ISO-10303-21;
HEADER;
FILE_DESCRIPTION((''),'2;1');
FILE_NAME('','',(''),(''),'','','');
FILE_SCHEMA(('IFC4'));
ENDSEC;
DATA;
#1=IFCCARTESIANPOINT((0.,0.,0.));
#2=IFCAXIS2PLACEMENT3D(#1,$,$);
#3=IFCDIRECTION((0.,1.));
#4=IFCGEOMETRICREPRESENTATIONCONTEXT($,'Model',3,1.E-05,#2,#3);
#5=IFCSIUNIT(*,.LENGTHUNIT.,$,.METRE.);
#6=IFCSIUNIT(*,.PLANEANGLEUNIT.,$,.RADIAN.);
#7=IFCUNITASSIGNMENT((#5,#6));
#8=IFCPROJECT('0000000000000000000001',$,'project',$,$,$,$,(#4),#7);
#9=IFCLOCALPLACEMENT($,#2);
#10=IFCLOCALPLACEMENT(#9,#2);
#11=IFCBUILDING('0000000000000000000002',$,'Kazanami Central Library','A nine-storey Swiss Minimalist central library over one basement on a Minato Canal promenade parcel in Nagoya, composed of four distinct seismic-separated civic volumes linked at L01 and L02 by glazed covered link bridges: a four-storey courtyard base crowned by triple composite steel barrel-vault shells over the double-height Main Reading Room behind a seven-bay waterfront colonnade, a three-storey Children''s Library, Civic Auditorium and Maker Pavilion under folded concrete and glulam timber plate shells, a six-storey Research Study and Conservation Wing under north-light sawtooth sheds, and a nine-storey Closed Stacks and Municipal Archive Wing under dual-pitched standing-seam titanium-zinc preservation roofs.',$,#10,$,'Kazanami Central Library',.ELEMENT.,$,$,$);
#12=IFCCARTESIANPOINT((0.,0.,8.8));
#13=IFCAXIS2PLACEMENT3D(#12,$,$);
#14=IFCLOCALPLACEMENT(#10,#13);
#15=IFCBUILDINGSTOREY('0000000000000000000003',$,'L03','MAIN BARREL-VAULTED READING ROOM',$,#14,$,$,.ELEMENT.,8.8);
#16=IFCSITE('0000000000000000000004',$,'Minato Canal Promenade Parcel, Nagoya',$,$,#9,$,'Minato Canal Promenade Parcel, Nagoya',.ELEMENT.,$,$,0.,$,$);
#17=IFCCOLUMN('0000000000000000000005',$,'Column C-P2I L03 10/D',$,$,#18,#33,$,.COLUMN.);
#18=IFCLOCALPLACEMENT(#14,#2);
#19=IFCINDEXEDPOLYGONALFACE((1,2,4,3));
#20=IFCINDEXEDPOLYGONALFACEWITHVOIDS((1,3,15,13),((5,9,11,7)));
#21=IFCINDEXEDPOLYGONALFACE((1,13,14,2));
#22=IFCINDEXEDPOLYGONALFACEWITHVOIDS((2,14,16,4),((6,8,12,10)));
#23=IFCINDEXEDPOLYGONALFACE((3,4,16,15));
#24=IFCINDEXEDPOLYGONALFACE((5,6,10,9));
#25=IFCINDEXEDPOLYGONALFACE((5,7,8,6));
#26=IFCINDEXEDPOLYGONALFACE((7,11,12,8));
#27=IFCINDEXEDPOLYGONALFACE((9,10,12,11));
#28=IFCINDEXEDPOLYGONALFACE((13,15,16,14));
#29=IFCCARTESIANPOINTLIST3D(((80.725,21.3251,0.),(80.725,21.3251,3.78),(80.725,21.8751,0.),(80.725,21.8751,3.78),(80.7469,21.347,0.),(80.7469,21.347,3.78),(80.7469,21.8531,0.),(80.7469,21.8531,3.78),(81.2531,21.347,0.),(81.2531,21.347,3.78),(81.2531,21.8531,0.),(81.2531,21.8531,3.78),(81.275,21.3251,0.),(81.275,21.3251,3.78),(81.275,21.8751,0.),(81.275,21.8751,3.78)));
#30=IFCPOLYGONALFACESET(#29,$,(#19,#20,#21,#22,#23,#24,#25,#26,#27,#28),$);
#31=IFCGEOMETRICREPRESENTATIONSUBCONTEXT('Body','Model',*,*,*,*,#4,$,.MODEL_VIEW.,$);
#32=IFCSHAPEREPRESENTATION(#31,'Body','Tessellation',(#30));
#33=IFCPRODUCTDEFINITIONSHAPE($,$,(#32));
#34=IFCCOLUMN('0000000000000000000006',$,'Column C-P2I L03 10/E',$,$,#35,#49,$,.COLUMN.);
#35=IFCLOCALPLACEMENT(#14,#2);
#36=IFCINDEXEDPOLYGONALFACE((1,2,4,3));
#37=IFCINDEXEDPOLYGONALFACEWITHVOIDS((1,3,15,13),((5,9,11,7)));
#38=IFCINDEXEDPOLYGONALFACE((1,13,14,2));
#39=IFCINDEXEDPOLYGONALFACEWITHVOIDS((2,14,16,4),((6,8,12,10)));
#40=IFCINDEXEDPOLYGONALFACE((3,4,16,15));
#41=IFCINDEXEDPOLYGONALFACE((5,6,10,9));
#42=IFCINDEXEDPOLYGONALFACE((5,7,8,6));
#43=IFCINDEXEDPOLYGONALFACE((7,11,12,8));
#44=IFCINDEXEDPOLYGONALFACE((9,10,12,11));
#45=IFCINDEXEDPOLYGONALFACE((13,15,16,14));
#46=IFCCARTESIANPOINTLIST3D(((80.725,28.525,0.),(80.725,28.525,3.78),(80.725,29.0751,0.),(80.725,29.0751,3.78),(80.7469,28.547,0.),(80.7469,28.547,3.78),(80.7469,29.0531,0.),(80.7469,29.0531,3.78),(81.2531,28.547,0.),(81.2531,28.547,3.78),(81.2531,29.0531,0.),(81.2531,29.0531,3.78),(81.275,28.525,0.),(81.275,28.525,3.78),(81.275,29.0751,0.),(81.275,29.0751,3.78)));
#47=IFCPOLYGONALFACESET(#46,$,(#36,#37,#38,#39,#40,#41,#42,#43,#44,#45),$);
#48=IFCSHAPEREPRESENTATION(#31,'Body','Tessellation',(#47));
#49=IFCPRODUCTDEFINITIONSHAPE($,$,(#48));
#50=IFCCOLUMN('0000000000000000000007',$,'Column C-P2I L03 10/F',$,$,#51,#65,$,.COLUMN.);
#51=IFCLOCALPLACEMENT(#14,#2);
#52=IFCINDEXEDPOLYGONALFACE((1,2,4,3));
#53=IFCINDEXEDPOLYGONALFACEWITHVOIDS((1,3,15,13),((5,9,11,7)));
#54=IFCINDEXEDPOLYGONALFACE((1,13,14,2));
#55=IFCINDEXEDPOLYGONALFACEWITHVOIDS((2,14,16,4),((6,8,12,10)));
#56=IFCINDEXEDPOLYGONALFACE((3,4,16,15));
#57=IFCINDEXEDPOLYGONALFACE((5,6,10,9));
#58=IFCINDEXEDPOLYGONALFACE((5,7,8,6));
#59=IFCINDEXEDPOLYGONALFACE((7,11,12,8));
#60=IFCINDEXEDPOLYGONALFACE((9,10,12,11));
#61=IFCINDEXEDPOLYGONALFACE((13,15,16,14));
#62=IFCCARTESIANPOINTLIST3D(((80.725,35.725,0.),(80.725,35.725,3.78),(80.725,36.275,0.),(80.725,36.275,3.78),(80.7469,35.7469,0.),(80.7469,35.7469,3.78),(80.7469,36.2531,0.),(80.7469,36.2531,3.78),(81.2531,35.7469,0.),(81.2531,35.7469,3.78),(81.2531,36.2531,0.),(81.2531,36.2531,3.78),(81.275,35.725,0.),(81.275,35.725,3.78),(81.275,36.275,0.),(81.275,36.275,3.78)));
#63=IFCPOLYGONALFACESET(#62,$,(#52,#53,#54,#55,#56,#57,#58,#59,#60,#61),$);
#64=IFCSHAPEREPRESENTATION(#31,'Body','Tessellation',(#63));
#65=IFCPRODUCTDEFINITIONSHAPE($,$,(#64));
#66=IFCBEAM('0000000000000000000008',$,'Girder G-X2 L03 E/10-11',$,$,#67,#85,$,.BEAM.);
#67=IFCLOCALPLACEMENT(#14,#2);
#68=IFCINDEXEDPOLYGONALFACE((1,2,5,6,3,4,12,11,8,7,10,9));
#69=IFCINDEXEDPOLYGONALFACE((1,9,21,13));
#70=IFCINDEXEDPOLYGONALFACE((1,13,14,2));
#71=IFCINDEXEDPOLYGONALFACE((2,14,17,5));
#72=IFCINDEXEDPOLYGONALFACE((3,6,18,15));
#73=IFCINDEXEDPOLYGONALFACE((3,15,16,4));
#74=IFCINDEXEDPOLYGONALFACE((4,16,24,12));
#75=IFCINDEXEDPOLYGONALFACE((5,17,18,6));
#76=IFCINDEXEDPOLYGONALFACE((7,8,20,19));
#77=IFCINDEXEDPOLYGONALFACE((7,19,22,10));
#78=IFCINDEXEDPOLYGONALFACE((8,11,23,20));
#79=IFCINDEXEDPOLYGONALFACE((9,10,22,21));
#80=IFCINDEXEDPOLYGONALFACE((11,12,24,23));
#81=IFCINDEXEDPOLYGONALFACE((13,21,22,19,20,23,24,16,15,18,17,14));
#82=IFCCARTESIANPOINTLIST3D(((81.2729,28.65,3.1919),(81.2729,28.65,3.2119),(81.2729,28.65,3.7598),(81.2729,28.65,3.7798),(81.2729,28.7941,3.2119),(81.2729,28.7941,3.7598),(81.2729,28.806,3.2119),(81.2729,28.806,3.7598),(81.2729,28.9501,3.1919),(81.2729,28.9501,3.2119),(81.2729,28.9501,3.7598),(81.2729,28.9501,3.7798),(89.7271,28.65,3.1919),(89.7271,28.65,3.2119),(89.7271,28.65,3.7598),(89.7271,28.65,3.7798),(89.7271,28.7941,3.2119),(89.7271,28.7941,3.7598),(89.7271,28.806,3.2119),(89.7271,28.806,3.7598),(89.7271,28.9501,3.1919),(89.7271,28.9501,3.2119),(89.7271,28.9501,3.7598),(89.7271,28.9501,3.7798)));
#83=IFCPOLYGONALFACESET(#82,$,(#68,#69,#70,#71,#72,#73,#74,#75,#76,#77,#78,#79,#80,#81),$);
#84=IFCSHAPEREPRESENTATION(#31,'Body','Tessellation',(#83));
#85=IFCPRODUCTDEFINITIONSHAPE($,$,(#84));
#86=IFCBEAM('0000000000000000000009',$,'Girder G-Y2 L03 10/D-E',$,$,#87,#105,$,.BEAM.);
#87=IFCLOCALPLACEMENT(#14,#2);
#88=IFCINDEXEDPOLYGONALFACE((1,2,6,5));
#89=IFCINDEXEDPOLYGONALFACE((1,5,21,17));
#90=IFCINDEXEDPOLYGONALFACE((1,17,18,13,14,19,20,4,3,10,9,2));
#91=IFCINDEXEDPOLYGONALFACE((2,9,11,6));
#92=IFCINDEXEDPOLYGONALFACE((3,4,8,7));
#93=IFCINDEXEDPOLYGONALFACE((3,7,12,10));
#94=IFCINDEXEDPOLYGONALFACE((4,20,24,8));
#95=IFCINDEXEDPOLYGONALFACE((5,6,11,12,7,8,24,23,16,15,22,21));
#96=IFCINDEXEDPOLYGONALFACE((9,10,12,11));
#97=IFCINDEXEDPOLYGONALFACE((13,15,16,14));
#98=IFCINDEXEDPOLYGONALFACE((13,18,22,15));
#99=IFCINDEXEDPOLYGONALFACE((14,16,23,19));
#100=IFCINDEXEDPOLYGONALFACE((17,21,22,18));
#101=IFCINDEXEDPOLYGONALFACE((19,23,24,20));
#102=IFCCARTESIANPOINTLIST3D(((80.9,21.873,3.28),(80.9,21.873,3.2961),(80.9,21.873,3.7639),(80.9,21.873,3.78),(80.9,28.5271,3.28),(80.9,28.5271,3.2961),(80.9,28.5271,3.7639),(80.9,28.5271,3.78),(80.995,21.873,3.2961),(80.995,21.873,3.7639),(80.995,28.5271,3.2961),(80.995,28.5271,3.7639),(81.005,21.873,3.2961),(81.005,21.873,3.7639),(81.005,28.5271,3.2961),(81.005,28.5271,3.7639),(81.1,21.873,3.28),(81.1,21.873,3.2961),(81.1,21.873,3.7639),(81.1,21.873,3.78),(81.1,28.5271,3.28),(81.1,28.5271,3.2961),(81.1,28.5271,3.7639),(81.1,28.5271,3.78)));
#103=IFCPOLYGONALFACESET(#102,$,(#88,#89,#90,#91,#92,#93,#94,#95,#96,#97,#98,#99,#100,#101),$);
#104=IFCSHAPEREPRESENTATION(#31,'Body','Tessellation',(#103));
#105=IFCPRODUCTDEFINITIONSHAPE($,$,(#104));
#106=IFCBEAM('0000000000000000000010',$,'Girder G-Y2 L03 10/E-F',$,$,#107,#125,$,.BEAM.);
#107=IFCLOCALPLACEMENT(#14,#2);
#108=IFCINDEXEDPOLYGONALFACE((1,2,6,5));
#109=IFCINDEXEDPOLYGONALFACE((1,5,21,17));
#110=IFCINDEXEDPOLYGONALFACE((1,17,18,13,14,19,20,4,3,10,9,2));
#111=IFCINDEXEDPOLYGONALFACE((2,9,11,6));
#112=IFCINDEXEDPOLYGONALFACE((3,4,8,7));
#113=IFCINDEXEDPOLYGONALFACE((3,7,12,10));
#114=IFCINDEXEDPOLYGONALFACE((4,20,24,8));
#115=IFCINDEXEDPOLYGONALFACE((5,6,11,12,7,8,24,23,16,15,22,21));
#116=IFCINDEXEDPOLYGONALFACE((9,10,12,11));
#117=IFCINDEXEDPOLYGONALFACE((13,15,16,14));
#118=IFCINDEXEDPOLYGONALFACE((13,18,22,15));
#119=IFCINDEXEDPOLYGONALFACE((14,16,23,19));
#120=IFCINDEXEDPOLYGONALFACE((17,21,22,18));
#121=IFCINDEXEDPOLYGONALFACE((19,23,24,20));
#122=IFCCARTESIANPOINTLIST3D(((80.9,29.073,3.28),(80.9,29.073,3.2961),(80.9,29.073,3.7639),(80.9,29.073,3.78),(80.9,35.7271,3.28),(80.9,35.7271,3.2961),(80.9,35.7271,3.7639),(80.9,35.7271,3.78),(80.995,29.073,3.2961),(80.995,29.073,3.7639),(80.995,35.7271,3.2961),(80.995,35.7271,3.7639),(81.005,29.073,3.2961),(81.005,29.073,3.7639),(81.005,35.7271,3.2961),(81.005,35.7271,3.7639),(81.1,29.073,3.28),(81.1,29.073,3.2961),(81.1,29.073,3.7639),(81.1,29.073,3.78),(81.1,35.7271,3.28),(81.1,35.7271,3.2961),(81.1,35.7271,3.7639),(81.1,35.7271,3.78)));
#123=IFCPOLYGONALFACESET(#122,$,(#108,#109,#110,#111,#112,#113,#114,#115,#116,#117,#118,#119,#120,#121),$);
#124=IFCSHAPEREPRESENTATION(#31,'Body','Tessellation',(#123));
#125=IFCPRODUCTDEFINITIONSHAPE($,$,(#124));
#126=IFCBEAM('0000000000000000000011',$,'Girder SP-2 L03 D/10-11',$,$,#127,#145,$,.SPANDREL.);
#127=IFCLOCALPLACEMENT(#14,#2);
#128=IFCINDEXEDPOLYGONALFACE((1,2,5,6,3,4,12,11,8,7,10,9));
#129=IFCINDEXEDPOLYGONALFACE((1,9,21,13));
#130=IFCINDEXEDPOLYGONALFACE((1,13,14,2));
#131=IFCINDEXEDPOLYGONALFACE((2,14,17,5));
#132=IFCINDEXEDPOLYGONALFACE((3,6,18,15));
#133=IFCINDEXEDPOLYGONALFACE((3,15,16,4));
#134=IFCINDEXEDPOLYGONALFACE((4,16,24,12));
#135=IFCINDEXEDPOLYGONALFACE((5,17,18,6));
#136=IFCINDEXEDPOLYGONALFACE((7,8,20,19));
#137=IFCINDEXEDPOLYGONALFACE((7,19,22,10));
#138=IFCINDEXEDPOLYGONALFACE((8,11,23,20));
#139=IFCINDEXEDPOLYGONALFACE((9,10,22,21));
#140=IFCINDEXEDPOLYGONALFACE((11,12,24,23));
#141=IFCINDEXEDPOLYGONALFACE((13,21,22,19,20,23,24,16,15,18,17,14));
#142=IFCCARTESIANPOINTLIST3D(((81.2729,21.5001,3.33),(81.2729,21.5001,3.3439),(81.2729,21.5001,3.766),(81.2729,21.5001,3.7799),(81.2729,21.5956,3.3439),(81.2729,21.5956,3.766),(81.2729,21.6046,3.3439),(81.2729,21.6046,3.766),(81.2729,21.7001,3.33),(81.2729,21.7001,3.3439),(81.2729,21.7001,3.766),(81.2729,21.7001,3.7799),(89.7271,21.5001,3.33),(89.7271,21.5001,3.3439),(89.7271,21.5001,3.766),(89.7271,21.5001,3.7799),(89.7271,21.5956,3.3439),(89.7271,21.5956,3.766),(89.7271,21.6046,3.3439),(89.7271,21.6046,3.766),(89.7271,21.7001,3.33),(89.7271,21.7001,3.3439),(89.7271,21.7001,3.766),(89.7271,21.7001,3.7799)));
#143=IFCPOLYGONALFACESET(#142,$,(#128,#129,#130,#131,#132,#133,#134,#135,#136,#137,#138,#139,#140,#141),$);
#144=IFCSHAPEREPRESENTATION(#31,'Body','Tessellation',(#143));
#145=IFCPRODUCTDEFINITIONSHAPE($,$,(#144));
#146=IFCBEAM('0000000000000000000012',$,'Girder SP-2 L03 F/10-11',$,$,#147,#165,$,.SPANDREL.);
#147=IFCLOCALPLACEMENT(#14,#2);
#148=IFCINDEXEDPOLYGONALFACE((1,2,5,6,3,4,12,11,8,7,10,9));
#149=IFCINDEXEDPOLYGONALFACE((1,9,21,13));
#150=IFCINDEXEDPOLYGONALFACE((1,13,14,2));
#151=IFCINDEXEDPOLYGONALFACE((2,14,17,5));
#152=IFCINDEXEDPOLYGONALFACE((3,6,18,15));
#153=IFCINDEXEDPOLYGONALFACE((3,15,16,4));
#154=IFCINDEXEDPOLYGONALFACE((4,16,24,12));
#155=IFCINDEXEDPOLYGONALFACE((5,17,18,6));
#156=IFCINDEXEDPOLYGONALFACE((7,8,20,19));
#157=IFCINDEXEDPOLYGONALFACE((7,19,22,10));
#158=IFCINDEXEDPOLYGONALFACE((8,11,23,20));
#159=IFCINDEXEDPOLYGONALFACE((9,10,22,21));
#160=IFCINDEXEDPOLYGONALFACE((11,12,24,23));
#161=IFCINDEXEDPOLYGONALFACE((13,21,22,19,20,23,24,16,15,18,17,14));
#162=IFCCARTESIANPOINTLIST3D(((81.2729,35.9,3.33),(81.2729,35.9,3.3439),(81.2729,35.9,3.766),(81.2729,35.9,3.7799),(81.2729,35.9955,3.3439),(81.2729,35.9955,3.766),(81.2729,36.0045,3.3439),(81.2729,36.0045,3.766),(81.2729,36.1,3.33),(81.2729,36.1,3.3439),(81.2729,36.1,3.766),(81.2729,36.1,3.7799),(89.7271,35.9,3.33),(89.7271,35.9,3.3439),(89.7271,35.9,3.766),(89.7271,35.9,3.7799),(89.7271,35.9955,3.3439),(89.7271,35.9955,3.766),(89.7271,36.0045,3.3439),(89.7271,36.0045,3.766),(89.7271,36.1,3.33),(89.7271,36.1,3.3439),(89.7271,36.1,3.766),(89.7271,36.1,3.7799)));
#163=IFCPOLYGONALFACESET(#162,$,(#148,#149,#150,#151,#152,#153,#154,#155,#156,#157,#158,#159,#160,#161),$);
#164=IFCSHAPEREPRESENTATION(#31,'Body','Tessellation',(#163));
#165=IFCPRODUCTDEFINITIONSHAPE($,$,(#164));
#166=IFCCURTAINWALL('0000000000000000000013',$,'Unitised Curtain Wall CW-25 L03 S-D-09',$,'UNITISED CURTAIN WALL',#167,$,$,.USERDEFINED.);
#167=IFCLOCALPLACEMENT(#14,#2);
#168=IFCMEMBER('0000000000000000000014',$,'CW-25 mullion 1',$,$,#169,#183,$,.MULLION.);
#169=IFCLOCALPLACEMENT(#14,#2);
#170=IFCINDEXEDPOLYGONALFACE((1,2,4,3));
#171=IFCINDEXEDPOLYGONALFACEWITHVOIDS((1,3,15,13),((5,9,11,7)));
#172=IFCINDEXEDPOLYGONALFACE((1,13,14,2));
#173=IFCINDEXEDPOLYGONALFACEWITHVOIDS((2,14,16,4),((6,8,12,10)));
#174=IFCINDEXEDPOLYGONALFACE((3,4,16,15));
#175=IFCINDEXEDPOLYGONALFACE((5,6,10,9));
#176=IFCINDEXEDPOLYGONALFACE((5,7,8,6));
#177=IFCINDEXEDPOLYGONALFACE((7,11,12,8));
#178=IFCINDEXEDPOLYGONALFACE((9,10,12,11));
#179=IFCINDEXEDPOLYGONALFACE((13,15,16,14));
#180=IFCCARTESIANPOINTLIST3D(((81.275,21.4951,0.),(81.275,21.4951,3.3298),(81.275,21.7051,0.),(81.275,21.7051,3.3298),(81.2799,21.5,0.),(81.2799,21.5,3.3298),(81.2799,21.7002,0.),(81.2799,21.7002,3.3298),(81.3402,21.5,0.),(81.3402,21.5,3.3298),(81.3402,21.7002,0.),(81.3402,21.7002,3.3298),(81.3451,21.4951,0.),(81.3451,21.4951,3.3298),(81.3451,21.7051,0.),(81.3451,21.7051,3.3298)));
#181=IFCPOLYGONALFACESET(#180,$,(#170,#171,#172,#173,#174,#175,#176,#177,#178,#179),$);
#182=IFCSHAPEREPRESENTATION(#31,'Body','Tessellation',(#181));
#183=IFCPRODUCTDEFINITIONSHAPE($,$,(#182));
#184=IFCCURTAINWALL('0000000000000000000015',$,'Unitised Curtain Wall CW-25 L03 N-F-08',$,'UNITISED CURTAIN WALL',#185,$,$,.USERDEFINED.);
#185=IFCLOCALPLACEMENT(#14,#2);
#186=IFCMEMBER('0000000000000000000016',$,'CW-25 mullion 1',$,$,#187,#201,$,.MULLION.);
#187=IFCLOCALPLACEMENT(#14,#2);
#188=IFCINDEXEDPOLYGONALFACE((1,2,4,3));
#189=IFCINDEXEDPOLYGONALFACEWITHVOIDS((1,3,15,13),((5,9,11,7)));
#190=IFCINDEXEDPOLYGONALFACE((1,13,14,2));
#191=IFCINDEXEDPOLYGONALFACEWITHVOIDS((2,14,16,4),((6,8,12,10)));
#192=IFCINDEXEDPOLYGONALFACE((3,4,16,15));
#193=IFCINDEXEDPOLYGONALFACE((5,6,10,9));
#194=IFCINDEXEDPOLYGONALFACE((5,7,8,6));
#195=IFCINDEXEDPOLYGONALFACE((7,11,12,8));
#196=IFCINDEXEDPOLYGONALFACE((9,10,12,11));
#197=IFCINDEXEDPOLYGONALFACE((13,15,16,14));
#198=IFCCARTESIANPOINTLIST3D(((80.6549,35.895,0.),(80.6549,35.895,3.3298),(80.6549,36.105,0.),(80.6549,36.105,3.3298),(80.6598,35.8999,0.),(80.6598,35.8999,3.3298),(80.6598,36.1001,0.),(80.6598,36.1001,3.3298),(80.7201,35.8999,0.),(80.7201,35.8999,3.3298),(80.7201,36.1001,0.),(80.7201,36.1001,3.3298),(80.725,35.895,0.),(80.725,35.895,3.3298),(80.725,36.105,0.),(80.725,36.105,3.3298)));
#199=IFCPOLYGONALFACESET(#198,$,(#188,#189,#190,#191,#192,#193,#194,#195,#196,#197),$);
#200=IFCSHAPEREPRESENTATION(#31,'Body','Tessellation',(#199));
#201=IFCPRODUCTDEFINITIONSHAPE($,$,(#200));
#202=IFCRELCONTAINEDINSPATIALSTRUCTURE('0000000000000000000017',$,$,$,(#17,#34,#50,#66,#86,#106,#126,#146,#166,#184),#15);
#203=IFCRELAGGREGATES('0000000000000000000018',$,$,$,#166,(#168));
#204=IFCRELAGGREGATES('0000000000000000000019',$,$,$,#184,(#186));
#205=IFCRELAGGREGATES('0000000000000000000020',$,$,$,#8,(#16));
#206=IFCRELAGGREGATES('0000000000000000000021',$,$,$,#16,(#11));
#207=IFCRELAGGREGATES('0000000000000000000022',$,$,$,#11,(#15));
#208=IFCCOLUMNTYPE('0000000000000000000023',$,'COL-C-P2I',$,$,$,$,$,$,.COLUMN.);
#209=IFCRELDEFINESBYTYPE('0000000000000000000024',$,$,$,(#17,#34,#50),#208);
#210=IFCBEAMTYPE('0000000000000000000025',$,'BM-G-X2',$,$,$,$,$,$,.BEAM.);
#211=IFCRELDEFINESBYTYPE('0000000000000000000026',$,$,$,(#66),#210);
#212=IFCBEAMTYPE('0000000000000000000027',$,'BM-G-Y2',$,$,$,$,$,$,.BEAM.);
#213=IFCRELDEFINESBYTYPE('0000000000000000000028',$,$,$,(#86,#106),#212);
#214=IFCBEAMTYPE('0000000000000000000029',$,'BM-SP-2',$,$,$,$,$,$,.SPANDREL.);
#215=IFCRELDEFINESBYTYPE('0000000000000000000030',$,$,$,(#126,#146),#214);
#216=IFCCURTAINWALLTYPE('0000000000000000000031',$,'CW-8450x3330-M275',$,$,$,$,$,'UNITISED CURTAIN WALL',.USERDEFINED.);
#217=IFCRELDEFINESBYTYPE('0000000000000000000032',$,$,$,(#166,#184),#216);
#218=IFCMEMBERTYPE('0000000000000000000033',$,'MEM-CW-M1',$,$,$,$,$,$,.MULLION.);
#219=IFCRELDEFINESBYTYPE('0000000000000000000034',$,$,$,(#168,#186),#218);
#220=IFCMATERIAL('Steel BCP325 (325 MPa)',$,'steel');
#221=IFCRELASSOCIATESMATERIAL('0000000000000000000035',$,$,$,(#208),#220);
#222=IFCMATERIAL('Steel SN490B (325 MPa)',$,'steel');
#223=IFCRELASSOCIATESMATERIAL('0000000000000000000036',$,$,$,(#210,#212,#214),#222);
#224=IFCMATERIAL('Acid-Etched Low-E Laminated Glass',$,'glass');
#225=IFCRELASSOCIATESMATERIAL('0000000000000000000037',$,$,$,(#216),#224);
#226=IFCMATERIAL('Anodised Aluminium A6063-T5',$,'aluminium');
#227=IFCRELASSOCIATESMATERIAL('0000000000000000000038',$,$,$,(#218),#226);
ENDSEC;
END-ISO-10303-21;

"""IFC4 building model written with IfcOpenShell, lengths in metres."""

from ifc_helpers import new_model, si_unit, direction, frame, origin, origin_2d, place, context, subcontext, project, spatial, hollow_rectangle, i_section, extrude, material, material_profile, profile_set, type_object, element, aggregate, save


model = new_model("IFC4")

# Units and contexts
model_context = context("Model", 3, precision=1e-05, world=origin(), true_north=direction((0.0, 1.0)))
body_context = subcontext(model_context, "Body", "Model", "MODEL_VIEW")
ifc_project = project(units=[si_unit("LENGTHUNIT", "METRE"), si_unit("PLANEANGLEUNIT", "RADIAN")], contexts=[model_context])

# Site, building, storey
site_placement = place(None, origin())
site = spatial("IfcSite", under=ifc_project, at=site_placement, Name="Minato Canal Promenade Parcel, Nagoya", LongName="Minato Canal Promenade Parcel, Nagoya", CompositionType="ELEMENT", RefElevation=0.0)
building_placement = place(site_placement, origin())
building = spatial("IfcBuilding", under=site, at=building_placement, Name="Kazanami Central Library", Description="A nine-storey Swiss Minimalist central library over one basement on a Minato Canal promenade parcel in Nagoya, composed of four distinct seismic-separated civic volumes linked at L01 and L02 by glazed covered link bridges: a four-storey courtyard base crowned by triple composite steel barrel-vault shells over the double-height Main Reading Room behind a seven-bay waterfront colonnade, a three-storey Children's Library, Civic Auditorium and Maker Pavilion under folded concrete and glulam timber plate shells, a six-storey Research Study and Conservation Wing under north-light sawtooth sheds, and a nine-storey Closed Stacks and Municipal Archive Wing under dual-pitched standing-seam titanium-zinc preservation roofs.", LongName="Kazanami Central Library", CompositionType="ELEMENT")
storey_placement = place(building_placement, frame((0.0, 0.0, 8.8)))
storey = spatial("IfcBuildingStorey", under=building, at=storey_placement, Name="L03", Description="MAIN BARREL-VAULTED READING ROOM", CompositionType="ELEMENT", Elevation=8.8)

# Columns
ifc_material_1 = material(Name="Steel BCP325 (325 MPa)", Category="steel")
ifc_material_profile_1 = material_profile(ifc_material_1, hollow_rectangle(XDim=0.55, YDim=0.55, WallThickness=0.022, at=origin_2d()), Name="BCP-550x550x22")
ifc_profile_set_1 = profile_set([ifc_material_profile_1], Name="Steel BCP325 (325 MPa)")
column_type = type_object("IfcColumnType", Name="COL-C-P2I", PredefinedType="COLUMN", material=ifc_profile_set_1)
for number, where, z_axis, x_axis, name in (
    (1, (81.0, 21.6001, 0.0), (0.0, 0.0, 1.0), (1.0, 0.0, 0.0), "Column C-P2I L03 10/D"),
    (2, (81.0, 28.8, 0.0), (0.0, 0.0, 1.0), (1.0, 0.0, 0.0), "Column C-P2I L03 10/E"),
    (3, (81.0, 36.0, 0.0), (0.0, 0.0, 1.0), (1.0, 0.0, 0.0), "Column C-P2I L03 10/F"),
):
    element("IfcColumn", number, at=place(storey_placement, frame(where, z_axis=z_axis, x_axis=x_axis)), inside=storey, type_object=column_type, Name=name, PredefinedType="COLUMN", context=body_context, shape_type="SweptSolid", body=[
        extrude(hollow_rectangle(XDim=0.55, YDim=0.55, WallThickness=0.022, at=origin_2d()), origin(), (0.0, 0.0, 1.0), 3.78),
    ])

# Beams
ifc_material_2 = material(Name="Steel SN490B (325 MPa)", Category="steel")
ifc_material_profile_2 = material_profile(ifc_material_2, i_section(OverallWidth=0.3, OverallDepth=0.5879, WebThickness=0.012, FlangeThickness=0.02, at=origin_2d()), Name="H-588x300x12x20")
ifc_profile_set_2 = profile_set([ifc_material_profile_2], Name="Steel SN490B (325 MPa)")
beam_type_1 = type_object("IfcBeamType", Name="BM-G-X2", PredefinedType="BEAM", material=ifc_profile_set_2)
beam_placement = place(storey_placement, frame((81.2729, 28.8, 3.4858), z_axis=(1.0, 0.0, 0.0), x_axis=(0.0, 1.0, 0.0)))
element("IfcBeam", 4, at=beam_placement, inside=storey, type_object=beam_type_1, Name="Girder G-X2 L03 E/10-11", PredefinedType="BEAM", context=body_context, shape_type="SweptSolid", body=[
    extrude(i_section(OverallWidth=0.3, OverallDepth=0.5879, WebThickness=0.012, FlangeThickness=0.02, at=origin_2d()), origin(), (0.0, 0.0, 1.0), 8.4541),
])
ifc_material_profile_3 = material_profile(ifc_material_2, i_section(OverallWidth=0.2, OverallDepth=0.5, WebThickness=0.01, FlangeThickness=0.0161, at=origin_2d()), Name="H-500x200x10x16")
ifc_profile_set_3 = profile_set([ifc_material_profile_3], Name="Steel SN490B (325 MPa)")
beam_type_2 = type_object("IfcBeamType", Name="BM-G-Y2", PredefinedType="BEAM", material=ifc_profile_set_3)
for number, where, z_axis, x_axis, name in (
    (5, (81.0, 21.873, 3.53), (0.0, 1.0, 0.0), (-1.0, 0.0, 0.0), "Girder G-Y2 L03 10/D-E"),
    (6, (81.0, 29.073, 3.53), (0.0, 1.0, 0.0), (-1.0, 0.0, 0.0), "Girder G-Y2 L03 10/E-F"),
):
    element("IfcBeam", number, at=place(storey_placement, frame(where, z_axis=z_axis, x_axis=x_axis)), inside=storey, type_object=beam_type_2, Name=name, PredefinedType="BEAM", context=body_context, shape_type="SweptSolid", body=[
        extrude(i_section(OverallWidth=0.2, OverallDepth=0.5, WebThickness=0.01, FlangeThickness=0.0161, at=origin_2d()), origin(), (0.0, 0.0, 1.0), 6.6541),
    ])
ifc_material_profile_4 = material_profile(ifc_material_2, i_section(OverallWidth=0.2, OverallDepth=0.45, WebThickness=0.009, FlangeThickness=0.0139, at=origin_2d()), Name="H-450x200x9x14")
ifc_profile_set_4 = profile_set([ifc_material_profile_4], Name="Steel SN490B (325 MPa)")
beam_type_3 = type_object("IfcBeamType", Name="BM-SP-2", PredefinedType="SPANDREL", material=ifc_profile_set_4)
for number, where, z_axis, x_axis, name in (
    (7, (81.2729, 21.6001, 3.5549), (1.0, 0.0, 0.0), (0.0, 1.0, 0.0), "Girder SP-2 L03 D/10-11"),
    (8, (81.2729, 36.0, 3.5549), (1.0, 0.0, 0.0), (0.0, 1.0, 0.0), "Girder SP-2 L03 F/10-11"),
):
    element("IfcBeam", number, at=place(storey_placement, frame(where, z_axis=z_axis, x_axis=x_axis)), inside=storey, type_object=beam_type_3, Name=name, PredefinedType="SPANDREL", context=body_context, shape_type="SweptSolid", body=[
        extrude(i_section(OverallWidth=0.2, OverallDepth=0.45, WebThickness=0.009, FlangeThickness=0.0139, at=origin_2d()), origin(), (0.0, 0.0, 1.0), 8.4541),
    ])

# Curtain wall, member
ifc_material_3 = material(Name="Acid-Etched Low-E Laminated Glass", Category="glass")
curtain_wall_type = type_object("IfcCurtainWallType", Name="CW-8450x3330-M275", ElementType="UNITISED CURTAIN WALL", PredefinedType="USERDEFINED", material=ifc_material_3)
curtain_wall_1_placement = place(storey_placement, origin())
curtain_wall_1 = element("IfcCurtainWall", 9, at=curtain_wall_1_placement, inside=storey, type_object=curtain_wall_type, Name="Unitised Curtain Wall CW-25 L03 S-D-09", ObjectType="UNITISED CURTAIN WALL", PredefinedType="USERDEFINED")
ifc_material_4 = material(Name="Anodised Aluminium A6063-T5", Category="aluminium")
ifc_material_profile_5 = material_profile(ifc_material_4, hollow_rectangle(XDim=0.0701, YDim=0.21, WallThickness=0.0049, at=origin_2d()), Name="ALU-MULL-70x210x5")
ifc_profile_set_5 = profile_set([ifc_material_profile_5], Name="Anodised Aluminium A6063-T5")
member_type_1 = type_object("IfcMemberType", Name="MEM-CW-M1", PredefinedType="MULLION", material=ifc_profile_set_5)
member_1_placement = place(storey_placement, frame((81.3101, 21.6001, 0.0), z_axis=(0.0, 0.0, 1.0), x_axis=(1.0, 0.0, 0.0)))
member_1 = element("IfcMember", 10, at=member_1_placement, type_object=member_type_1, Name="CW-25 mullion 1", PredefinedType="MULLION", context=body_context, shape_type="SweptSolid", body=[
    extrude(hollow_rectangle(XDim=0.0701, YDim=0.21, WallThickness=0.0049, at=origin_2d()), origin(), (0.0, 0.0, 1.0), 3.3298),
])

# Curtain wall, member
curtain_wall_2_placement = place(storey_placement, origin())
curtain_wall_2 = element("IfcCurtainWall", 11, at=curtain_wall_2_placement, inside=storey, type_object=curtain_wall_type, Name="Unitised Curtain Wall CW-25 L03 N-F-08", ObjectType="UNITISED CURTAIN WALL", PredefinedType="USERDEFINED")
member_2_placement = place(storey_placement, frame((80.6899, 36.0, 0.0), z_axis=(0.0, 0.0, 1.0), x_axis=(-1.0, 0.0, 0.0)))
member_2 = element("IfcMember", 12, at=member_2_placement, type_object=member_type_1, Name="CW-25 mullion 1", PredefinedType="MULLION", context=body_context, shape_type="SweptSolid", body=[
    extrude(hollow_rectangle(XDim=0.0701, YDim=0.21, WallThickness=0.0049, at=origin_2d()), origin(), (0.0, 0.0, 1.0), 3.3298),
])

aggregate(curtain_wall_1, [member_1])

aggregate(curtain_wall_2, [member_2])

save(model, "model.ifc")
